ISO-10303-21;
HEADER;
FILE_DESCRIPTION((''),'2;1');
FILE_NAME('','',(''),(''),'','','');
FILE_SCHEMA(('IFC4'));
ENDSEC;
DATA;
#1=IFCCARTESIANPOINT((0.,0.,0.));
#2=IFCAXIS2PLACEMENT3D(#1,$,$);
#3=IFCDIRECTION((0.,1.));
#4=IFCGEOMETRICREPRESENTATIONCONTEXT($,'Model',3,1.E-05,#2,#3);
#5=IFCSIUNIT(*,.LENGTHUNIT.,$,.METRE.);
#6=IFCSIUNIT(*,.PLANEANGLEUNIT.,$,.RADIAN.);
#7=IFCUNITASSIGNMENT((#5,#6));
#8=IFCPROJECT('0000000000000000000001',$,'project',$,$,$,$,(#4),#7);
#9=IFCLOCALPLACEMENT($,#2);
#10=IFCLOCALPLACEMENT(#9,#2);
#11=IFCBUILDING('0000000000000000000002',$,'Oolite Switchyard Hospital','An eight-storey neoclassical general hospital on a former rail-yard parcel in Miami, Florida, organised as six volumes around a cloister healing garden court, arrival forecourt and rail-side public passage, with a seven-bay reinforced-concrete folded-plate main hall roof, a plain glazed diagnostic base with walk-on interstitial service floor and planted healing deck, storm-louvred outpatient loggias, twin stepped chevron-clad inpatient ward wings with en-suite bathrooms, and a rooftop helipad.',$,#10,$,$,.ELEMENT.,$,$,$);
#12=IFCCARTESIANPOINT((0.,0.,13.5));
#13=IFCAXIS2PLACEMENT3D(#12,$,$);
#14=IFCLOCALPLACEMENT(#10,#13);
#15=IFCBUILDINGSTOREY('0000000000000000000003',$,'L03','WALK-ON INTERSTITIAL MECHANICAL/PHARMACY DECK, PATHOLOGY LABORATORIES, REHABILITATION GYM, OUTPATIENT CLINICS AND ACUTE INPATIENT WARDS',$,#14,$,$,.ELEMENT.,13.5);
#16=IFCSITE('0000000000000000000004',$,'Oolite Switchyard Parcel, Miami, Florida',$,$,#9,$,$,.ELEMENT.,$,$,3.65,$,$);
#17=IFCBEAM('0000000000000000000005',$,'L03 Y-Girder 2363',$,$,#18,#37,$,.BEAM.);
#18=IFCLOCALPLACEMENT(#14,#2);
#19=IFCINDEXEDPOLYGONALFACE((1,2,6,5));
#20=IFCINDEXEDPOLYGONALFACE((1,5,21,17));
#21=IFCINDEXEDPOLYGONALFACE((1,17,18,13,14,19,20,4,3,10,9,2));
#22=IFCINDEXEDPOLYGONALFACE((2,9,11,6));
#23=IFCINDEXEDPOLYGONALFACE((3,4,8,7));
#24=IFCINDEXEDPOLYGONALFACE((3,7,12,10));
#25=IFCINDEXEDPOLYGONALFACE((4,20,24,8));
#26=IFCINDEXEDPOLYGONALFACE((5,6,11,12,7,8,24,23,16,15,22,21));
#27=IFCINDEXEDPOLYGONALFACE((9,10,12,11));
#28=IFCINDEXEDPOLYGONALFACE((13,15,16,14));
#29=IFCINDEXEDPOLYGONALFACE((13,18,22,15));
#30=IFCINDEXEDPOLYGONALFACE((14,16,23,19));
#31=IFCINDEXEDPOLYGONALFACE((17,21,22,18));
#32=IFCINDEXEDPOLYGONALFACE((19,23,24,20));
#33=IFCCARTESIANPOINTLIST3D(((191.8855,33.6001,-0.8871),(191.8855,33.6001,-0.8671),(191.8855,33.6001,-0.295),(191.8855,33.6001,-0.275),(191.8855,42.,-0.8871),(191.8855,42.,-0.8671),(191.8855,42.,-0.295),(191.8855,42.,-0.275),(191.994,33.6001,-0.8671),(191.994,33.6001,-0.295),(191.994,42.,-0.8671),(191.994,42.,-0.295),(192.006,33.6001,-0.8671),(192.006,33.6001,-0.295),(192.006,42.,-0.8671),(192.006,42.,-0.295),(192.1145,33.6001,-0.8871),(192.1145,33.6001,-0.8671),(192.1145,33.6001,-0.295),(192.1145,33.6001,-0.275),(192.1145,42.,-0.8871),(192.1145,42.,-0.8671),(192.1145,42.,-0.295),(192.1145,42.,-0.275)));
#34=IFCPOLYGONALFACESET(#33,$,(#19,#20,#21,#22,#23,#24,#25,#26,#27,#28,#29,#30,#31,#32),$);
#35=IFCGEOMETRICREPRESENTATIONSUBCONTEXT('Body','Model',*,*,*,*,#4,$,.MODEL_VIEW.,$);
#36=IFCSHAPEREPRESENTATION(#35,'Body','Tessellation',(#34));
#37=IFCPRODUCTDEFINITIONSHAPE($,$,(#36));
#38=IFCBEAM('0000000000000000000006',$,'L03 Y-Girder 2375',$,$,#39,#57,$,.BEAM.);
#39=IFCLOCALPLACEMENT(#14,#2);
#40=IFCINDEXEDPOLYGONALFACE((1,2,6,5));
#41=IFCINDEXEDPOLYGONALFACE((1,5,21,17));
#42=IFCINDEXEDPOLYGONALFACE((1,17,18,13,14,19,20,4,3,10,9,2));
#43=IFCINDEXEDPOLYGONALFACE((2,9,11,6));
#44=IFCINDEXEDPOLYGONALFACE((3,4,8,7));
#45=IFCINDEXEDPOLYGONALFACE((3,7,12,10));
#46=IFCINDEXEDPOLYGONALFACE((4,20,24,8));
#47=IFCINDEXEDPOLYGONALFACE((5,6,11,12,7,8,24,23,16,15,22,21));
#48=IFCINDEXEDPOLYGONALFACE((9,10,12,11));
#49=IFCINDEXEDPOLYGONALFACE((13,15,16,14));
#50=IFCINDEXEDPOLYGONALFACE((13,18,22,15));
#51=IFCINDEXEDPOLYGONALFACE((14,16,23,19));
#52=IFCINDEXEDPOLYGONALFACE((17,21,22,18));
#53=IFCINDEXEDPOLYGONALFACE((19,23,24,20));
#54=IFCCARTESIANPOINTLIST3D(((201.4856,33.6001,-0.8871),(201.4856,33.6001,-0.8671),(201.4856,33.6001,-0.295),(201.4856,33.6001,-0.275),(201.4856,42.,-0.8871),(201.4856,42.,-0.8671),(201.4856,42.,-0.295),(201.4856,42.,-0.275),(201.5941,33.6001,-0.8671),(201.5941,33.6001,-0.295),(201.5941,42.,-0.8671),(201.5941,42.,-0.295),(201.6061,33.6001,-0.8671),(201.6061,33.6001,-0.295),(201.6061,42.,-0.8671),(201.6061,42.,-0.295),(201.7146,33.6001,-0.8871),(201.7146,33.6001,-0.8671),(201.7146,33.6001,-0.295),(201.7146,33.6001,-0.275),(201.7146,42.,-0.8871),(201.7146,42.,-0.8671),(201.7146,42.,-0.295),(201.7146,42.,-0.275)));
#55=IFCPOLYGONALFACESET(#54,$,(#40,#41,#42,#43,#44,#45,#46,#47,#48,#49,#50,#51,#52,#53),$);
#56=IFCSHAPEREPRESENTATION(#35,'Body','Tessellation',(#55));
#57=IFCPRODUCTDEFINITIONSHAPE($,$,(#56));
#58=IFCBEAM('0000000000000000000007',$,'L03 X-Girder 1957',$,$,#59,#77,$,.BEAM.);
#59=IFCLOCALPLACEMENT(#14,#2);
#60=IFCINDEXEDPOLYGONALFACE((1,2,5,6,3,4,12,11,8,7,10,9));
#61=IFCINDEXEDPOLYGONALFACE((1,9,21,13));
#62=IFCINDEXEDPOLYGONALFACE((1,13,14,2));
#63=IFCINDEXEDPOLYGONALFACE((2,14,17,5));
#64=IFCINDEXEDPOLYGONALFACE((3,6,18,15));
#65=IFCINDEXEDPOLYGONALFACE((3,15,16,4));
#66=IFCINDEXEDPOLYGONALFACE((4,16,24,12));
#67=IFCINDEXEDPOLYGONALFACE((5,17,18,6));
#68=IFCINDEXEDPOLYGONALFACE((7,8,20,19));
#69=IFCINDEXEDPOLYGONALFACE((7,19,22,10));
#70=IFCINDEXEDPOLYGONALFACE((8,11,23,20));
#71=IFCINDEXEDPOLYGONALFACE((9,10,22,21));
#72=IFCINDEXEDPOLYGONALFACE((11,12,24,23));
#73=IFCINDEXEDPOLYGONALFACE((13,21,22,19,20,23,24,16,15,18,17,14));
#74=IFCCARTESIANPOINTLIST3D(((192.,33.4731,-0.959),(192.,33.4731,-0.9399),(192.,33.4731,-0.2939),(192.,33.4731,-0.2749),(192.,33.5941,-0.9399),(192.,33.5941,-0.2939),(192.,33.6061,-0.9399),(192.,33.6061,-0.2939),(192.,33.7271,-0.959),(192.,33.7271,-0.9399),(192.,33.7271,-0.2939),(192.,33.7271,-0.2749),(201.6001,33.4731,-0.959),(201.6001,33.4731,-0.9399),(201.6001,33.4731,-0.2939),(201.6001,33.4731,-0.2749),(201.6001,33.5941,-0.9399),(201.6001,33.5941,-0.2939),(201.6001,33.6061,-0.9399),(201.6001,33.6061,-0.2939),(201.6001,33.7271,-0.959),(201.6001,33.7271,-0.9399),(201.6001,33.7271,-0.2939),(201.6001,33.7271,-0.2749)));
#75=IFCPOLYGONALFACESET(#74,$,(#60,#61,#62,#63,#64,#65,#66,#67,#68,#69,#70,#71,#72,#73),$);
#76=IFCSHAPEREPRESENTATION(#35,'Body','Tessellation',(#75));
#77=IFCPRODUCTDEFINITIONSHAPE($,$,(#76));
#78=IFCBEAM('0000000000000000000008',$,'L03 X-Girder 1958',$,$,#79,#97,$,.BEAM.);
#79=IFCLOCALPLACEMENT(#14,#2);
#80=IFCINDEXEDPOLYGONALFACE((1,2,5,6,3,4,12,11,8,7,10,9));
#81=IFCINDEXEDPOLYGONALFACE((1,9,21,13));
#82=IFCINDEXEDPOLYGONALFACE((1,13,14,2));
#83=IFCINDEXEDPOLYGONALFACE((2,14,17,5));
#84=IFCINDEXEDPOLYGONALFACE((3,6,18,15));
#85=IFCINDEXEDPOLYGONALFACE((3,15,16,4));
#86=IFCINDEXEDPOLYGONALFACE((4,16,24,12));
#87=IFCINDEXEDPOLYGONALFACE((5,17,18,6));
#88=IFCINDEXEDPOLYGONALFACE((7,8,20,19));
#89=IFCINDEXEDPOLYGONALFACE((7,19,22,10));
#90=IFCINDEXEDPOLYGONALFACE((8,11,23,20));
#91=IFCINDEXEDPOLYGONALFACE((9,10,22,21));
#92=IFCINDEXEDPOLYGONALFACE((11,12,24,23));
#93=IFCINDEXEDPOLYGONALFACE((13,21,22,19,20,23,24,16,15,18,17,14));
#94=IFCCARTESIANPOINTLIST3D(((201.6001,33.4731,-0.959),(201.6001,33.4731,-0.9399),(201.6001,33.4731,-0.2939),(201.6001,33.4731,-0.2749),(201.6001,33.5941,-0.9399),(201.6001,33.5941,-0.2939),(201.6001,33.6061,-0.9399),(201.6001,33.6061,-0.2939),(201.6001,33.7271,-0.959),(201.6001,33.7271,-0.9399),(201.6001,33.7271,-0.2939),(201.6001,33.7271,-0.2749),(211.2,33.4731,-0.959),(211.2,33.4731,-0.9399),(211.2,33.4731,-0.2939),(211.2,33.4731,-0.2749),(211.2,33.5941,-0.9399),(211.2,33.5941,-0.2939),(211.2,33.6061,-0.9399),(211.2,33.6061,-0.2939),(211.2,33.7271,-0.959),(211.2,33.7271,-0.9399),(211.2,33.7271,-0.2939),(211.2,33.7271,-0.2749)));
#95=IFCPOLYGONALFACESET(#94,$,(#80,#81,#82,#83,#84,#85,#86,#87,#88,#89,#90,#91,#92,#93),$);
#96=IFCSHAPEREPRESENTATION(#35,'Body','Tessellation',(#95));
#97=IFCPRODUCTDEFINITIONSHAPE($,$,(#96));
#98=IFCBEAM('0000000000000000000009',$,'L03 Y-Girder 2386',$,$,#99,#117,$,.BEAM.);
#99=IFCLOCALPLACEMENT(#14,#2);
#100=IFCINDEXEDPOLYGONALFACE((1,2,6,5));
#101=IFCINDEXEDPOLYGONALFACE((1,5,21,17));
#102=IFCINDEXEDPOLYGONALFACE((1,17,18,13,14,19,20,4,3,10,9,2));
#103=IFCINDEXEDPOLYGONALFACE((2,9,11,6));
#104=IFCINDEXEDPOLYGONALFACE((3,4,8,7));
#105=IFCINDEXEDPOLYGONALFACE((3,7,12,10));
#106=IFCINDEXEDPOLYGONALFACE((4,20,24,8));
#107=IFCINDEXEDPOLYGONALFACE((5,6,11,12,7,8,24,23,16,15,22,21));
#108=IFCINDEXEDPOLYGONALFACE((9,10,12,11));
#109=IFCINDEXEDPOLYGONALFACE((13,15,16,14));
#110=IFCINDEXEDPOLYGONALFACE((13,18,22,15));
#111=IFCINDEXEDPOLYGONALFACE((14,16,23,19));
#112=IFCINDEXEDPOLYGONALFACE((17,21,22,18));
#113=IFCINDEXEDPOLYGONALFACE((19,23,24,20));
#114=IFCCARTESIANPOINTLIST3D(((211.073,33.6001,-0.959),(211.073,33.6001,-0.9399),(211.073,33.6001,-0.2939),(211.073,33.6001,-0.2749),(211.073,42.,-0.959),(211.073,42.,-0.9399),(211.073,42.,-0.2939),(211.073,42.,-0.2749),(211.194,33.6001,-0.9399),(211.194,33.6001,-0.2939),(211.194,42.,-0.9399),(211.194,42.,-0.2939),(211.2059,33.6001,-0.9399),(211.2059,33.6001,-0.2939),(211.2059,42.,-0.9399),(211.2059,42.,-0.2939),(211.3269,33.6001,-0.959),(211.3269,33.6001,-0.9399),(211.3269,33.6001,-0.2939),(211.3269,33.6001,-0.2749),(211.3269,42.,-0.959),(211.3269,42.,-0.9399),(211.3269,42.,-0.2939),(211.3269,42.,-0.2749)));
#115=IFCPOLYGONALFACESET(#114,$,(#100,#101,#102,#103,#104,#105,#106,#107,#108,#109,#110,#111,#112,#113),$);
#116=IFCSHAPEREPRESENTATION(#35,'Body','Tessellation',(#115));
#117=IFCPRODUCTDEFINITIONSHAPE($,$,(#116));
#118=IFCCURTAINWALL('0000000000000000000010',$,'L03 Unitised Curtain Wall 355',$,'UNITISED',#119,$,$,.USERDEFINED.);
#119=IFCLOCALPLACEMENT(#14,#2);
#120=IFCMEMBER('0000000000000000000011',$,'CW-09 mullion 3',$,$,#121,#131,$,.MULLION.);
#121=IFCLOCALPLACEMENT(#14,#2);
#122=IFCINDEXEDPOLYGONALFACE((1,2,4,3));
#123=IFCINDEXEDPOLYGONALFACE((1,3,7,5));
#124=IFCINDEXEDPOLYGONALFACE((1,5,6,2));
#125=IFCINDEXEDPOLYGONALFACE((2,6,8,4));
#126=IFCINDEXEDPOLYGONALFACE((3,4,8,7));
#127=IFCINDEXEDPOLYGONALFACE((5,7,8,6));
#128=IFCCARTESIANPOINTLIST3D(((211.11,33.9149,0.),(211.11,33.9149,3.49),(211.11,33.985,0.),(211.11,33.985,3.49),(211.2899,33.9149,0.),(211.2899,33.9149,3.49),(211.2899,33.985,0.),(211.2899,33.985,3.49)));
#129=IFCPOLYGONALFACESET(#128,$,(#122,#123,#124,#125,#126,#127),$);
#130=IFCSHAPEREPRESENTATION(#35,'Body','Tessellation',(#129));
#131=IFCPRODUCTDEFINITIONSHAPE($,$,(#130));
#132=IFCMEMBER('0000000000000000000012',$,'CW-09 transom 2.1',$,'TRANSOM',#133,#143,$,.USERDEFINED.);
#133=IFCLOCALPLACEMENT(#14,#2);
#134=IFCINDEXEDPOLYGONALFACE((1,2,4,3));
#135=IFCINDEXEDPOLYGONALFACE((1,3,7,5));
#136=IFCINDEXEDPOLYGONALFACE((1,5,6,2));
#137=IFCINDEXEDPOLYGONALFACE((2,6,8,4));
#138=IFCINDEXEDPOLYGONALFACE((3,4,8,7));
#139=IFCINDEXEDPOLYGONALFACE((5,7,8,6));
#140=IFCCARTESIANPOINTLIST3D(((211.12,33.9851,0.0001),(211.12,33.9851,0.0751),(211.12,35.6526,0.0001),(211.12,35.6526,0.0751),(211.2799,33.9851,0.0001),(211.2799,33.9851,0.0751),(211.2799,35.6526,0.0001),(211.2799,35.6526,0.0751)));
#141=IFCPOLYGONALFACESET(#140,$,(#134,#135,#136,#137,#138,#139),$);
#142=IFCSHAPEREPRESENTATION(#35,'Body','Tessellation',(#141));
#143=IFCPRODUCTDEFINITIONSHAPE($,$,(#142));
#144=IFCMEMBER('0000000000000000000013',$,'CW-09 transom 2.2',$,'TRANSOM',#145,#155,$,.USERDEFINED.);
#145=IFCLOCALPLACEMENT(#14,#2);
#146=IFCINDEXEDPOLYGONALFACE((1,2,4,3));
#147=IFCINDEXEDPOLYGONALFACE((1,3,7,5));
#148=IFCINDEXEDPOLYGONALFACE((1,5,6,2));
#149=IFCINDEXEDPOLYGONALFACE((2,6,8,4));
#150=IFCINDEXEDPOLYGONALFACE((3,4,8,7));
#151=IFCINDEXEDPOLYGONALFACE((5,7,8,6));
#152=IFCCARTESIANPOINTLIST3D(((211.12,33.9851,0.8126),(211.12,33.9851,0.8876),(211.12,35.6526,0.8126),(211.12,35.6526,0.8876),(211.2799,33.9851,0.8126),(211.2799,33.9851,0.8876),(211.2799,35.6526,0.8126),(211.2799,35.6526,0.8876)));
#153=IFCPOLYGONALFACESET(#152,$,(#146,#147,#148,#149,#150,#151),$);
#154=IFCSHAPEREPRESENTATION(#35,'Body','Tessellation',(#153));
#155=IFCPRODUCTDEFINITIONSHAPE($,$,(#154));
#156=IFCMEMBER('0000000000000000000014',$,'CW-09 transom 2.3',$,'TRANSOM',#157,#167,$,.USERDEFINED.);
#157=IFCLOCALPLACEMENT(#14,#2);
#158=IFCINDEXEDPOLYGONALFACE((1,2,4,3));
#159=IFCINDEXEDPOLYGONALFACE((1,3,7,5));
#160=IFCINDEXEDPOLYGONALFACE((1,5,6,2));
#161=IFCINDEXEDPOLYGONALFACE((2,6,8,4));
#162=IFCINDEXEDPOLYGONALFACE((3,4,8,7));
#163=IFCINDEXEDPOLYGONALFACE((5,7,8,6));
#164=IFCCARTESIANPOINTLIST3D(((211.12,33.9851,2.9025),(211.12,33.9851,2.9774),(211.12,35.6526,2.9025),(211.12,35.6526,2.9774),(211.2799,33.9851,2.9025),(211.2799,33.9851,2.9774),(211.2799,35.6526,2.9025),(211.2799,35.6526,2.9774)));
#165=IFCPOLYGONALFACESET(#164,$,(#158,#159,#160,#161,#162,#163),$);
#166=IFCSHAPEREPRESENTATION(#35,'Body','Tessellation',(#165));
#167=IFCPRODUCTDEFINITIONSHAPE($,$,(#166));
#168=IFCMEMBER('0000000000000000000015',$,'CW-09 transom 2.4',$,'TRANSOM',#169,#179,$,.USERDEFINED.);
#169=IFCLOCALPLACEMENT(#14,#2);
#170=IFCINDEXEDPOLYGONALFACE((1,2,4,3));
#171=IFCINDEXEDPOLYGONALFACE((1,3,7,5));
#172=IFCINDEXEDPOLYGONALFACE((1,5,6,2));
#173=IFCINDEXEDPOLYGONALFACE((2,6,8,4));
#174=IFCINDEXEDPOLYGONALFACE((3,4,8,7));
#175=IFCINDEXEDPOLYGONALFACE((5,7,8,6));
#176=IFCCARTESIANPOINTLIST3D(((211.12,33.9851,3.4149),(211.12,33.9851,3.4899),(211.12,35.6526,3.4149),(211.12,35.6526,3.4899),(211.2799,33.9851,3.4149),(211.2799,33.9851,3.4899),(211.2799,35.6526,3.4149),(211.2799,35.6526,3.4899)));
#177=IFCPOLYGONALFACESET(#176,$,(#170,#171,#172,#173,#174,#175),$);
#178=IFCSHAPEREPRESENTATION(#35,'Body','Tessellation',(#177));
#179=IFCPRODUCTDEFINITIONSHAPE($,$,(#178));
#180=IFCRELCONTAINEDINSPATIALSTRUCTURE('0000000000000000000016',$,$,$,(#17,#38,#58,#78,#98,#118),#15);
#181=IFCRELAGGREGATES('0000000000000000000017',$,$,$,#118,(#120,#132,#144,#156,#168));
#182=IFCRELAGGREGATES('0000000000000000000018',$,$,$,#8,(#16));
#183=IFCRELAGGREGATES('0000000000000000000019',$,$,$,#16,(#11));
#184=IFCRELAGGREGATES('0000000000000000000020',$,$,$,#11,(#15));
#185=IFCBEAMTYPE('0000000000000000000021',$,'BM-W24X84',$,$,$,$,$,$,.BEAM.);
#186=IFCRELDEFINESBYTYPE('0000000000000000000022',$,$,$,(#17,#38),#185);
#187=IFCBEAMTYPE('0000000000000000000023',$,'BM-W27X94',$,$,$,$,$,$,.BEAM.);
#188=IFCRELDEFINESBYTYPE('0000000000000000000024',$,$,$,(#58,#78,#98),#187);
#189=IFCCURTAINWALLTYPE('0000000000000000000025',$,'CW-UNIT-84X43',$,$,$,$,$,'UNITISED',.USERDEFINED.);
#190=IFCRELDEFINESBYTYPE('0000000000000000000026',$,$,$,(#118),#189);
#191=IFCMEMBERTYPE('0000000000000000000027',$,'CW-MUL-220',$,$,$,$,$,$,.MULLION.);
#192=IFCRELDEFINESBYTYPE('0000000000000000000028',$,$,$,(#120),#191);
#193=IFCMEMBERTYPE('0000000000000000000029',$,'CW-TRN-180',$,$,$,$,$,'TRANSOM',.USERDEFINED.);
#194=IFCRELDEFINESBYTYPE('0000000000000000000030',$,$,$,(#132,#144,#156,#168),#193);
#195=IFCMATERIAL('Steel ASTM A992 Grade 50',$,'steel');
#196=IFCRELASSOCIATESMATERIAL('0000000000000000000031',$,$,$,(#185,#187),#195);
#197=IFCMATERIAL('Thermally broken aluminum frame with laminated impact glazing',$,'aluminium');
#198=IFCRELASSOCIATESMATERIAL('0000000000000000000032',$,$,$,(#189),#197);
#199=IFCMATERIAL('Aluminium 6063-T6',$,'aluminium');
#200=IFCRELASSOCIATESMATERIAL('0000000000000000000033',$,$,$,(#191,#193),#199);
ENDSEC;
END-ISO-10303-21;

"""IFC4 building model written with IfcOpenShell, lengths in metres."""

from ifc_helpers import new_model, si_unit, direction, frame, origin, origin_2d, place, context, subcontext, project, spatial, rectangle, i_section, extrude, material, material_profile, profile_set, type_object, element, aggregate, save


model = new_model("IFC4")

# Units and contexts
model_context = context("Model", 3, precision=1e-05, world=origin(), true_north=direction((0.0, 1.0)))
body_context = subcontext(model_context, "Body", "Model", "MODEL_VIEW")
ifc_project = project(units=[si_unit("LENGTHUNIT", "METRE"), si_unit("PLANEANGLEUNIT", "RADIAN")], contexts=[model_context])

# Site, building, storey
site_placement = place(None, origin())
site = spatial("IfcSite", under=ifc_project, at=site_placement, Name="Oolite Switchyard Parcel, Miami, Florida", CompositionType="ELEMENT", RefElevation=3.65)
building_placement = place(site_placement, origin())
building = spatial("IfcBuilding", under=site, at=building_placement, Name="Oolite Switchyard Hospital", Description="An eight-storey neoclassical general hospital on a former rail-yard parcel in Miami, Florida, organised as six volumes around a cloister healing garden court, arrival forecourt and rail-side public passage, with a seven-bay reinforced-concrete folded-plate main hall roof, a plain glazed diagnostic base with walk-on interstitial service floor and planted healing deck, storm-louvred outpatient loggias, twin stepped chevron-clad inpatient ward wings with en-suite bathrooms, and a rooftop helipad.", CompositionType="ELEMENT")
storey_placement = place(building_placement, frame((0.0, 0.0, 13.5)))
storey = spatial("IfcBuildingStorey", under=building, at=storey_placement, Name="L03", Description="WALK-ON INTERSTITIAL MECHANICAL/PHARMACY DECK, PATHOLOGY LABORATORIES, REHABILITATION GYM, OUTPATIENT CLINICS AND ACUTE INPATIENT WARDS", CompositionType="ELEMENT", Elevation=13.5)

# Beams
ifc_material_1 = material(Name="Steel ASTM A992 Grade 50", Category="steel")
ifc_material_profile_1 = material_profile(ifc_material_1, i_section(OverallWidth=0.229, OverallDepth=0.6121, WebThickness=0.012, FlangeThickness=0.02, at=origin_2d()), Name="W24X84")
ifc_profile_set_1 = profile_set([ifc_material_profile_1], Name="Steel ASTM A992 Grade 50")
beam_type_1 = type_object("IfcBeamType", Name="BM-W24X84", PredefinedType="BEAM", material=ifc_profile_set_1)
for number, where, z_axis, x_axis, name in (
    (1, (192.0, 33.6001, -0.5811), (0.0, 1.0, 0.0), (-1.0, 0.0, 0.0), "L03 Y-Girder 2363"),
    (2, (201.6001, 33.6001, -0.5811), (0.0, 1.0, 0.0), (-1.0, 0.0, 0.0), "L03 Y-Girder 2375"),
):
    element("IfcBeam", number, at=place(storey_placement, frame(where, z_axis=z_axis, x_axis=x_axis)), inside=storey, type_object=beam_type_1, Name=name, PredefinedType="BEAM", context=body_context, shape_type="SweptSolid", body=[
        extrude(i_section(OverallWidth=0.229, OverallDepth=0.6121, WebThickness=0.012, FlangeThickness=0.02, at=origin_2d()), origin(), (0.0, 0.0, 1.0), 8.3999),
    ])
ifc_material_profile_2 = material_profile(ifc_material_1, i_section(OverallWidth=0.2539, OverallDepth=0.6841, WebThickness=0.012, FlangeThickness=0.019, at=origin_2d()), Name="W27X94")
ifc_profile_set_2 = profile_set([ifc_material_profile_2], Name="Steel ASTM A992 Grade 50")
beam_type_2 = type_object("IfcBeamType", Name="BM-W27X94", PredefinedType="BEAM", material=ifc_profile_set_2)
beam_1_placement = place(storey_placement, frame((192.0, 33.6001, -0.6169), z_axis=(1.0, 0.0, 0.0), x_axis=(0.0, 1.0, 0.0)))
element("IfcBeam", 3, at=beam_1_placement, inside=storey, type_object=beam_type_2, Name="L03 X-Girder 1957", PredefinedType="BEAM", context=body_context, shape_type="SweptSolid", body=[
    extrude(i_section(OverallWidth=0.2539, OverallDepth=0.6841, WebThickness=0.012, FlangeThickness=0.019, at=origin_2d()), origin(), (0.0, 0.0, 1.0), 9.6001),
])
beam_2_placement = place(storey_placement, frame((201.6001, 33.6001, -0.6169), z_axis=(1.0, 0.0, 0.0), x_axis=(0.0, 1.0, 0.0)))
element("IfcBeam", 4, at=beam_2_placement, inside=storey, type_object=beam_type_2, Name="L03 X-Girder 1958", PredefinedType="BEAM", context=body_context, shape_type="SweptSolid", body=[
    extrude(i_section(OverallWidth=0.2539, OverallDepth=0.6841, WebThickness=0.012, FlangeThickness=0.019, at=origin_2d()), origin(), (0.0, 0.0, 1.0), 9.5999),
])
beam_3_placement = place(storey_placement, frame((211.2, 33.6001, -0.6169), z_axis=(0.0, 1.0, 0.0), x_axis=(-1.0, 0.0, 0.0)))
element("IfcBeam", 5, at=beam_3_placement, inside=storey, type_object=beam_type_2, Name="L03 Y-Girder 2386", PredefinedType="BEAM", context=body_context, shape_type="SweptSolid", body=[
    extrude(i_section(OverallWidth=0.2539, OverallDepth=0.6841, WebThickness=0.012, FlangeThickness=0.019, at=origin_2d()), origin(), (0.0, 0.0, 1.0), 8.3999),
])

# Curtain wall, members
ifc_material_2 = material(Name="Thermally broken aluminum frame with laminated impact glazing", Category="aluminium")
curtain_wall_type = type_object("IfcCurtainWallType", Name="CW-UNIT-84X43", ElementType="UNITISED", PredefinedType="USERDEFINED", material=ifc_material_2)
curtain_wall_placement = place(storey_placement, origin())
curtain_wall = element("IfcCurtainWall", 6, at=curtain_wall_placement, inside=storey, type_object=curtain_wall_type, Name="L03 Unitised Curtain Wall 355", ObjectType="UNITISED", PredefinedType="USERDEFINED")
ifc_material_3 = material(Name="Aluminium 6063-T6", Category="aluminium")
ifc_material_profile_3 = material_profile(ifc_material_3, rectangle(XDim=0.1799, YDim=0.0701, at=origin_2d()), Name="CWM70X180")
ifc_profile_set_3 = profile_set([ifc_material_profile_3], Name="Aluminium 6063-T6")
member_type_1 = type_object("IfcMemberType", Name="CW-MUL-220", PredefinedType="MULLION", material=ifc_profile_set_3)
member_1_placement = place(storey_placement, frame((211.2, 33.95, 0.0), z_axis=(0.0, 0.0, 1.0), x_axis=(1.0, 0.0, 0.0)))
member_1 = element("IfcMember", 7, at=member_1_placement, type_object=member_type_1, Name="CW-09 mullion 3", PredefinedType="MULLION", context=body_context, shape_type="SweptSolid", body=[
    extrude(rectangle(XDim=0.1799, YDim=0.0701, at=origin_2d()), origin(), (0.0, 0.0, 1.0), 3.49),
])
ifc_material_profile_4 = material_profile(ifc_material_3, rectangle(XDim=0.1599, YDim=0.075, at=origin_2d()), Name="CWT75X160")
ifc_profile_set_4 = profile_set([ifc_material_profile_4], Name="Aluminium 6063-T6")
member_type_2 = type_object("IfcMemberType", Name="CW-TRN-180", ElementType="TRANSOM", PredefinedType="USERDEFINED", material=ifc_profile_set_4)
member_2_placement = place(storey_placement, frame((211.2, 35.6526, 0.0376), z_axis=(0.0, -1.0, 0.0), x_axis=(1.0, 0.0, 0.0)))
member_2 = element("IfcMember", 8, at=member_2_placement, type_object=member_type_2, Name="CW-09 transom 2.1", ObjectType="TRANSOM", PredefinedType="USERDEFINED", context=body_context, shape_type="SweptSolid", body=[
    extrude(rectangle(XDim=0.1599, YDim=0.075, at=origin_2d()), origin(), (0.0, 0.0, 1.0), 1.6675),
])
member_3_placement = place(storey_placement, frame((211.2, 35.6526, 0.8501), z_axis=(0.0, -1.0, 0.0), x_axis=(1.0, 0.0, 0.0)))
member_3 = element("IfcMember", 9, at=member_3_placement, type_object=member_type_2, Name="CW-09 transom 2.2", ObjectType="TRANSOM", PredefinedType="USERDEFINED", context=body_context, shape_type="SweptSolid", body=[
    extrude(rectangle(XDim=0.1599, YDim=0.075, at=origin_2d()), origin(), (0.0, 0.0, 1.0), 1.6675),
])
member_4_placement = place(storey_placement, frame((211.2, 35.6526, 2.9399), z_axis=(0.0, -1.0, 0.0), x_axis=(1.0, 0.0, 0.0)))
member_4 = element("IfcMember", 10, at=member_4_placement, type_object=member_type_2, Name="CW-09 transom 2.3", ObjectType="TRANSOM", PredefinedType="USERDEFINED", context=body_context, shape_type="SweptSolid", body=[
    extrude(rectangle(XDim=0.1599, YDim=0.075, at=origin_2d()), origin(), (0.0, 0.0, 1.0), 1.6675),
])
member_5_placement = place(storey_placement, frame((211.2, 35.6526, 3.4524), z_axis=(0.0, -1.0, 0.0), x_axis=(1.0, 0.0, 0.0)))
member_5 = element("IfcMember", 11, at=member_5_placement, type_object=member_type_2, Name="CW-09 transom 2.4", ObjectType="TRANSOM", PredefinedType="USERDEFINED", context=body_context, shape_type="SweptSolid", body=[
    extrude(rectangle(XDim=0.1599, YDim=0.075, at=origin_2d()), origin(), (0.0, 0.0, 1.0), 1.6675),
])

aggregate(curtain_wall, [member_1, member_2, member_3, member_4, member_5])

save(model, "model.ifc")
